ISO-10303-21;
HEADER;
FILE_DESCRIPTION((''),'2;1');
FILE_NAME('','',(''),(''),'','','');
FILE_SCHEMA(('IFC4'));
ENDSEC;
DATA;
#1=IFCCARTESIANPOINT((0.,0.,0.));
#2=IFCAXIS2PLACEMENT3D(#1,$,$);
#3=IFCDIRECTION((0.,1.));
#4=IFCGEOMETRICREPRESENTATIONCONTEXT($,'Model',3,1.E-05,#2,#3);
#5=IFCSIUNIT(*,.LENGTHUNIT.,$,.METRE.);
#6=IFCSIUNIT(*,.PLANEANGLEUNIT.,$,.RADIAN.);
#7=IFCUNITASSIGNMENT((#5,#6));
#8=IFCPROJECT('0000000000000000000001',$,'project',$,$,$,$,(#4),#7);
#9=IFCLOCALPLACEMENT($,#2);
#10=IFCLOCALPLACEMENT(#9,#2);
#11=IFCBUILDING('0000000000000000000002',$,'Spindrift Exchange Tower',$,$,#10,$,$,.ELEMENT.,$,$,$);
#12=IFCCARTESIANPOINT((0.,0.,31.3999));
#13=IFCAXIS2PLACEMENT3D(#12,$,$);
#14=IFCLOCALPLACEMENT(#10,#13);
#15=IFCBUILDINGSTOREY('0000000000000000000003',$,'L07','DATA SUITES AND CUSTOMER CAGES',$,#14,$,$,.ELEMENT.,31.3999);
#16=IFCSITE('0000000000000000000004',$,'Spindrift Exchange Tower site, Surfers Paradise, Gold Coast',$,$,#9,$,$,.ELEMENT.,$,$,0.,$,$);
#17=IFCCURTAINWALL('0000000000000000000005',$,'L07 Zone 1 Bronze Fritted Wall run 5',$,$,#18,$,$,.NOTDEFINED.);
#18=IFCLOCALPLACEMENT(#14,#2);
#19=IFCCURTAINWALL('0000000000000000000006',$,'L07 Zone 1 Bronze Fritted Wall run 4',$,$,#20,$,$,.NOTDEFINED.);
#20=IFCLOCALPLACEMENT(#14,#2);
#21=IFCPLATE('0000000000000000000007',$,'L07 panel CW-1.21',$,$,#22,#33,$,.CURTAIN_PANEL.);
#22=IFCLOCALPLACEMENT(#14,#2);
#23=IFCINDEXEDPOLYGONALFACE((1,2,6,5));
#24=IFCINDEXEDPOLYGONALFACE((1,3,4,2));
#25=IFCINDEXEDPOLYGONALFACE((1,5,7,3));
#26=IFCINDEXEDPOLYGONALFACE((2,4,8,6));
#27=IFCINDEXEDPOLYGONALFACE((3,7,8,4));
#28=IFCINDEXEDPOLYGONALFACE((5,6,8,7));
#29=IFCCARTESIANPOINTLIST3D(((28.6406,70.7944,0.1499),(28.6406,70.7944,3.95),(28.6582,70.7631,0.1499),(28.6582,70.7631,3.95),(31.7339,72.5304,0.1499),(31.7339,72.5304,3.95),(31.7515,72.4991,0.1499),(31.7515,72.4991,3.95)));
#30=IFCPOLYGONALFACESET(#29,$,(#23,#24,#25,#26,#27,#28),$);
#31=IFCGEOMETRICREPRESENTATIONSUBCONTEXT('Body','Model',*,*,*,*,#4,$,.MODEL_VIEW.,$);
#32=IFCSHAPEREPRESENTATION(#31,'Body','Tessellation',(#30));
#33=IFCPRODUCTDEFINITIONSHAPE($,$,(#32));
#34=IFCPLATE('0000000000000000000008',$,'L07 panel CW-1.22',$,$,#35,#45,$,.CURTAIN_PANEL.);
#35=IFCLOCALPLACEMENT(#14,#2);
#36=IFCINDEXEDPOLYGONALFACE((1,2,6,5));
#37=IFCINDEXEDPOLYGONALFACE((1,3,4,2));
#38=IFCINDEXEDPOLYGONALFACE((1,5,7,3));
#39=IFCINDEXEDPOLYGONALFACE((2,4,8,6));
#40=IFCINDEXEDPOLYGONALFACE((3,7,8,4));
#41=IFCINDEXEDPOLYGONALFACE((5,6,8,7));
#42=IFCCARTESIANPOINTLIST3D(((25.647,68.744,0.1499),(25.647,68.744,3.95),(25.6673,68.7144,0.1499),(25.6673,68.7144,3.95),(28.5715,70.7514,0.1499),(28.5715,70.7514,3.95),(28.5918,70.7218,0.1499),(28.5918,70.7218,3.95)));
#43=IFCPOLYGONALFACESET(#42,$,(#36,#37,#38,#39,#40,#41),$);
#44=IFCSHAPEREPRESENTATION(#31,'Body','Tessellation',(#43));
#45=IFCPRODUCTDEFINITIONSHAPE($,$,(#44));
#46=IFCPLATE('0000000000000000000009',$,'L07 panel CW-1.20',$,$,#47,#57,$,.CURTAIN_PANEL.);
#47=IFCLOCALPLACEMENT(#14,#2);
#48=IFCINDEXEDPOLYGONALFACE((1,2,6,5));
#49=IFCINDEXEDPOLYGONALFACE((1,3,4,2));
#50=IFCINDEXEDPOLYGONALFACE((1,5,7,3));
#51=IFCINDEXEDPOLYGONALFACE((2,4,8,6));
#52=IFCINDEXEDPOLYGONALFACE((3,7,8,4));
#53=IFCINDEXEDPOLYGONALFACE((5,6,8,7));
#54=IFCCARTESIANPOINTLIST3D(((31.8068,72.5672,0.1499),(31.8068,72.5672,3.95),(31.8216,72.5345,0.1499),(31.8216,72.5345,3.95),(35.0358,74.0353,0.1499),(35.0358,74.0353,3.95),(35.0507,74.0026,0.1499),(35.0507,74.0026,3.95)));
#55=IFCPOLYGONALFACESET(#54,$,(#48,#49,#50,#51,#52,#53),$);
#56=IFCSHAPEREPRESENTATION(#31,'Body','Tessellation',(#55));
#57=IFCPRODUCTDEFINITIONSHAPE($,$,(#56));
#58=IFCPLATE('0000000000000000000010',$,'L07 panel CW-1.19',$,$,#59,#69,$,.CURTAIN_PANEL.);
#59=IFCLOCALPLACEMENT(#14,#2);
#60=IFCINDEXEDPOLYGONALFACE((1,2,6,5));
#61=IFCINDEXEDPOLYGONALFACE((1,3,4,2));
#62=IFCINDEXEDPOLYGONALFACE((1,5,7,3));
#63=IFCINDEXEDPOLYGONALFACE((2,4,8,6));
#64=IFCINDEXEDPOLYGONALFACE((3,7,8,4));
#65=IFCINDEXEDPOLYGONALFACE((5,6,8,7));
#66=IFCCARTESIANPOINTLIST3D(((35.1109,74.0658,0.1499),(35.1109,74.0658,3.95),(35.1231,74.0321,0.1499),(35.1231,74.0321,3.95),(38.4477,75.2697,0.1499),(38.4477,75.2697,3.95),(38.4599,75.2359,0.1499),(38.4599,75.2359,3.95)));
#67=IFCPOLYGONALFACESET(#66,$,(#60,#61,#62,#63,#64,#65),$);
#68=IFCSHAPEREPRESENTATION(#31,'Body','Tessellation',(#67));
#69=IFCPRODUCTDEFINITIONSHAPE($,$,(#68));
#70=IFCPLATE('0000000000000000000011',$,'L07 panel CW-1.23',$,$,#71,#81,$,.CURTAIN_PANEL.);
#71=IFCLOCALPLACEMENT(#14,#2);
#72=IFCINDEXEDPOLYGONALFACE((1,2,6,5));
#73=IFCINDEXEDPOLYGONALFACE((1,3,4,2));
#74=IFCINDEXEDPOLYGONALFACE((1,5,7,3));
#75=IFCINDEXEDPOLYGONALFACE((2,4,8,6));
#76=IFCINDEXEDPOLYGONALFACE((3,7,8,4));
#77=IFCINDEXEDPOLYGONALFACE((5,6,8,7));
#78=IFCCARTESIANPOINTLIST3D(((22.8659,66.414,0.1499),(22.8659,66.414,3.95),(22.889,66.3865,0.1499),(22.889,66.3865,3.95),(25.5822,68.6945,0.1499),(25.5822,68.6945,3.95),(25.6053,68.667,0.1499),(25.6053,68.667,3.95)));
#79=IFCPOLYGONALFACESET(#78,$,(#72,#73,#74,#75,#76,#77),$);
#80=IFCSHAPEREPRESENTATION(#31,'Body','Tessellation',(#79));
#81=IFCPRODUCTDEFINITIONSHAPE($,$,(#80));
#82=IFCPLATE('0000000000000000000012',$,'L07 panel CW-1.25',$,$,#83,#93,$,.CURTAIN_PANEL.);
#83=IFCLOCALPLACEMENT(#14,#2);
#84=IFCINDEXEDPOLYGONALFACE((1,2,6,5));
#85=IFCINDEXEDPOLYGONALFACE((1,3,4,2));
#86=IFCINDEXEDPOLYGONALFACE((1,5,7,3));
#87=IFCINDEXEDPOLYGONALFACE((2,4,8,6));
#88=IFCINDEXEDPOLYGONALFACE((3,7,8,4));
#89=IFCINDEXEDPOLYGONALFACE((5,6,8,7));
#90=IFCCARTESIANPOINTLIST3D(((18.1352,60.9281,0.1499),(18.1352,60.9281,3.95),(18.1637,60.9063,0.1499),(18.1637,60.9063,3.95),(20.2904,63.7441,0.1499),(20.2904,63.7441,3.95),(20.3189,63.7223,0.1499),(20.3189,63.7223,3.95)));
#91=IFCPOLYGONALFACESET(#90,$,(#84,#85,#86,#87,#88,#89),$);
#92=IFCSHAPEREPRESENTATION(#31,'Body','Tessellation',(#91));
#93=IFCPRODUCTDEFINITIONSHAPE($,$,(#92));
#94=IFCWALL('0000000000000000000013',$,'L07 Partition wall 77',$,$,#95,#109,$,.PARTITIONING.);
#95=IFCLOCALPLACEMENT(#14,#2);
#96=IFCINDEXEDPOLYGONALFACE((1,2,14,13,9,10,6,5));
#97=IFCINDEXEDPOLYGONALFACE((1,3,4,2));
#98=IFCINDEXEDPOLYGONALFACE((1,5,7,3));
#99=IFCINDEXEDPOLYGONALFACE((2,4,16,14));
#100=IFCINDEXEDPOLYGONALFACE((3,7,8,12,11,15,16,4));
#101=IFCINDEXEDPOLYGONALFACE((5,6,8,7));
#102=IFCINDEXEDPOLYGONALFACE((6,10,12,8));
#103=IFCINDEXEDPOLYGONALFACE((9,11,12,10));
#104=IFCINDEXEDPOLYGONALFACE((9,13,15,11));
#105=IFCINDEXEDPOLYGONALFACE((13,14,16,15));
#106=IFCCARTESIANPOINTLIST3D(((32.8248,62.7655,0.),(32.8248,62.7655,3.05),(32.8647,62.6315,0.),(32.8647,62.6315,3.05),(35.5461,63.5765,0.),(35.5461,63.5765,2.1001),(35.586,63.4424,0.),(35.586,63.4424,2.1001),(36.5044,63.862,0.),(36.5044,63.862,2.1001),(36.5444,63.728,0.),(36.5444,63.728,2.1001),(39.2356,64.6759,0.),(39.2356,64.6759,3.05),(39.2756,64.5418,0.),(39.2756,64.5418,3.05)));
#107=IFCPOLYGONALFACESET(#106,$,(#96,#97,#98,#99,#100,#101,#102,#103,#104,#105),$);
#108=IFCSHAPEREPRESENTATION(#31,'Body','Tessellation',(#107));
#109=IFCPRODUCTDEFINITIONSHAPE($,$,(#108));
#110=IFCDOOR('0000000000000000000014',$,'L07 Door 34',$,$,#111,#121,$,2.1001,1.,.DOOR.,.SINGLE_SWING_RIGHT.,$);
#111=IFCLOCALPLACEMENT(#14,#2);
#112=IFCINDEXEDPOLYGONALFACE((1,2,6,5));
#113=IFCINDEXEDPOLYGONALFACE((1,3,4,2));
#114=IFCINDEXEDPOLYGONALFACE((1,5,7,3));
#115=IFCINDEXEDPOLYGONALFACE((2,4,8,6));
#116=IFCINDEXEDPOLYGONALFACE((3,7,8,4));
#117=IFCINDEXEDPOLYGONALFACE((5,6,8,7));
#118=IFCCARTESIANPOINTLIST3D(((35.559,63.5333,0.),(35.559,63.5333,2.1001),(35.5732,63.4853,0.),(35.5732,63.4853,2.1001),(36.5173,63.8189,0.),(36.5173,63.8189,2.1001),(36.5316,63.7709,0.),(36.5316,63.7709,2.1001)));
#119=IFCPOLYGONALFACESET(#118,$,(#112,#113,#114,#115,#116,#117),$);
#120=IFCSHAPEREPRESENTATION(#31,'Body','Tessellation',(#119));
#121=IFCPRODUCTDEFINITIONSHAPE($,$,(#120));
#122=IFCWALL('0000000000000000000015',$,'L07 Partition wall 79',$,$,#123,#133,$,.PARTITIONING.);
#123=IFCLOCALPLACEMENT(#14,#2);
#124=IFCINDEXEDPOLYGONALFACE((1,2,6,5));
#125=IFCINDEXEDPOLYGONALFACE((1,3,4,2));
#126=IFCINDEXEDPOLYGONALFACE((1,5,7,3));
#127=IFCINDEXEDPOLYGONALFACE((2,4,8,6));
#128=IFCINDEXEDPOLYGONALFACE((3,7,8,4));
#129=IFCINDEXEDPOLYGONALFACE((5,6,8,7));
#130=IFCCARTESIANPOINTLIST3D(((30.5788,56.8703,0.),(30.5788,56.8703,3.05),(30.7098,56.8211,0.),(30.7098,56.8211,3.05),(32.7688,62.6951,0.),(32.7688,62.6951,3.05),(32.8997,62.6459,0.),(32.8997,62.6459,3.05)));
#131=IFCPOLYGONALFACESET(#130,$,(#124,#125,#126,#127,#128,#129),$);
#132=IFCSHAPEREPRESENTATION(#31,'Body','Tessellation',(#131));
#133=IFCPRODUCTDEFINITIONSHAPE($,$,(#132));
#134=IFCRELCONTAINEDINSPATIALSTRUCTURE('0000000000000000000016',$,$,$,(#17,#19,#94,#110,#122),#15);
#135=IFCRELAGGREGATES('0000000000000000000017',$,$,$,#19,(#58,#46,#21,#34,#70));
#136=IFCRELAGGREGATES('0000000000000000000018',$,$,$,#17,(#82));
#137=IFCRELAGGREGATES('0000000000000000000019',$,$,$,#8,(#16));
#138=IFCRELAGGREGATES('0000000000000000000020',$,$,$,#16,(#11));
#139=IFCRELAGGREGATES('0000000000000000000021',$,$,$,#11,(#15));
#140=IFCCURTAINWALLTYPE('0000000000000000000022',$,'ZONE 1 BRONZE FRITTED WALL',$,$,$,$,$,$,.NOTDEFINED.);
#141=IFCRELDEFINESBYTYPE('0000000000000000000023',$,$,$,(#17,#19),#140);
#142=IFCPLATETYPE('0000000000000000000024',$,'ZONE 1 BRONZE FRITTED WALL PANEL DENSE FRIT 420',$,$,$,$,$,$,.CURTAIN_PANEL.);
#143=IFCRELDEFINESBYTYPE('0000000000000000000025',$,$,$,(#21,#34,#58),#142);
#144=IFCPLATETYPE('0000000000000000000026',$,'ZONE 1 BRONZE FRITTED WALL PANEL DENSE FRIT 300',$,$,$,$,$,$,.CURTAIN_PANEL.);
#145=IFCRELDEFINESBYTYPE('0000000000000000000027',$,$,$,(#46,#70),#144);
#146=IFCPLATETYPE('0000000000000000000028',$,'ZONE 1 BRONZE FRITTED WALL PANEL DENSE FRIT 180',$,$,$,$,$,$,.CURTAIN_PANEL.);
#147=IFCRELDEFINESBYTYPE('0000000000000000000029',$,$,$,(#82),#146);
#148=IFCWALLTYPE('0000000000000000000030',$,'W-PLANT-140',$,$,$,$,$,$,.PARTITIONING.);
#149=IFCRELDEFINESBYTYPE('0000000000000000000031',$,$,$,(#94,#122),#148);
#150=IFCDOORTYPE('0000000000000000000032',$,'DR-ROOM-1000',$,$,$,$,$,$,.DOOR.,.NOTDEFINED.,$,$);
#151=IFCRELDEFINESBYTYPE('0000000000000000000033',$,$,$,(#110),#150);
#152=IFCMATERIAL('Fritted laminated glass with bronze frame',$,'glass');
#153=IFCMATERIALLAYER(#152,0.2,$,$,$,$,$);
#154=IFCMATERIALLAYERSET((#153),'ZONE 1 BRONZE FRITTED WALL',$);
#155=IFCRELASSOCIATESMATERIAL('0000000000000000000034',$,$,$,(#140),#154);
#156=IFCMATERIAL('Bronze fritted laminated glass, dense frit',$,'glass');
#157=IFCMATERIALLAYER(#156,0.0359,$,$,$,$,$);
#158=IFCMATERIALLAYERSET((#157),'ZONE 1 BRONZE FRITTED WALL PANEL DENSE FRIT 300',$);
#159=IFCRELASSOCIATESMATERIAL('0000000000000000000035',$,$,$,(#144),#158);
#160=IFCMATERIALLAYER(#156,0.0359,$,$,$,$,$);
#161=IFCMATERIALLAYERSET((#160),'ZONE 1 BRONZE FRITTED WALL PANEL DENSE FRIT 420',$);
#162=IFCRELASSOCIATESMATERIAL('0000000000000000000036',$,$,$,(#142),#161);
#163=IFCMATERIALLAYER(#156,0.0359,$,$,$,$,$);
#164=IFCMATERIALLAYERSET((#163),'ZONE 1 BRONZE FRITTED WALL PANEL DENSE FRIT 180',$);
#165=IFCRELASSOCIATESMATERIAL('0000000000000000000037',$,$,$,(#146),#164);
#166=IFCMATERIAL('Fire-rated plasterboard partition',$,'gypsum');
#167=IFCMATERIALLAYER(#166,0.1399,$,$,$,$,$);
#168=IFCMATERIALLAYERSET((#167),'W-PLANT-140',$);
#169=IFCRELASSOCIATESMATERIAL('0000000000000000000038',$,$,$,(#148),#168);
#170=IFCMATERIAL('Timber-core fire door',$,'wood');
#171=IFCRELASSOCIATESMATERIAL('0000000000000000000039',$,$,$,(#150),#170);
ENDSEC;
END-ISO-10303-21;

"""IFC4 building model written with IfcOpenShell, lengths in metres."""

from ifc_helpers import new_model, si_unit, direction, frame, frame_2d, origin, origin_2d, place, context, subcontext, project, spatial, rectangle, extrude, source, transform, mapped, material, layer, layer_set, type_object, element, fill, aggregate, save


model = new_model("IFC4")

# Units and contexts
model_context = context("Model", 3, precision=1e-05, world=origin(), true_north=direction((0.0, 1.0)))
body_context = subcontext(model_context, "Body", "Model", "MODEL_VIEW")
ifc_project = project(units=[si_unit("LENGTHUNIT", "METRE"), si_unit("PLANEANGLEUNIT", "RADIAN")], contexts=[model_context])

# Site, building, storey
site_placement = place(None, origin())
site = spatial("IfcSite", under=ifc_project, at=site_placement, Name="Spindrift Exchange Tower site, Surfers Paradise, Gold Coast", CompositionType="ELEMENT", RefElevation=0.0)
building_placement = place(site_placement, origin())
building = spatial("IfcBuilding", under=site, at=building_placement, Name="Spindrift Exchange Tower", CompositionType="ELEMENT")
storey_placement = place(building_placement, frame((0.0, 0.0, 31.3999)))
storey = spatial("IfcBuildingStorey", under=building, at=storey_placement, Name="L07", Description="DATA SUITES AND CUSTOMER CAGES", CompositionType="ELEMENT", Elevation=31.3999)

# Curtain walls
ifc_material_1 = material(Name="Fritted laminated glass with bronze frame", Category="glass")
ifc_layer_1 = layer(ifc_material_1, 0.2)
ifc_layer_set_1 = layer_set([ifc_layer_1], Name="ZONE 1 BRONZE FRITTED WALL")
curtain_wall_type = type_object("IfcCurtainWallType", Name="ZONE 1 BRONZE FRITTED WALL", PredefinedType="NOTDEFINED", material=ifc_layer_set_1)
curtain_wall_1_placement = place(storey_placement, origin())
curtain_wall_1 = element("IfcCurtainWall", 1, at=curtain_wall_1_placement, inside=storey, type_object=curtain_wall_type, Name="L07 Zone 1 Bronze Fritted Wall run 5", PredefinedType="NOTDEFINED")
curtain_wall_2_placement = place(storey_placement, origin())
curtain_wall_2 = element("IfcCurtainWall", 2, at=curtain_wall_2_placement, inside=storey, type_object=curtain_wall_type, Name="L07 Zone 1 Bronze Fritted Wall run 4", PredefinedType="NOTDEFINED")

# Plates
ifc_material_2 = material(Name="Bronze fritted laminated glass, dense frit", Category="glass")
ifc_layer_2 = layer(ifc_material_2, 0.0359)
ifc_layer_set_2 = layer_set([ifc_layer_2], Name="ZONE 1 BRONZE FRITTED WALL PANEL DENSE FRIT 300")
plate_type_1 = type_object("IfcPlateType", Name="ZONE 1 BRONZE FRITTED WALL PANEL DENSE FRIT 300", PredefinedType="CURTAIN_PANEL", material=ifc_layer_set_2)
ifc_layer_3 = layer(ifc_material_2, 0.0359)
ifc_layer_set_3 = layer_set([ifc_layer_3], Name="ZONE 1 BRONZE FRITTED WALL PANEL DENSE FRIT 420")
plate_type_2 = type_object("IfcPlateType", Name="ZONE 1 BRONZE FRITTED WALL PANEL DENSE FRIT 420", PredefinedType="CURTAIN_PANEL", material=ifc_layer_set_3)
shared_shape_1 = source(origin(), body_context, "Body", "SweptSolid", [
    extrude(rectangle(XDim=3.5471, YDim=0.0359, at=origin_2d()), origin(), (0.0, 0.0, 1.0), 3.8),
])
plate_1_placement = place(storey_placement, frame((30.196, 71.6467, 0.1499), z_axis=(0.0, 0.0, 1.0), x_axis=(-0.872056, -0.489405, 0.0)))
plate_1 = element("IfcPlate", 3, at=plate_1_placement, type_object=plate_type_2, Name="L07 panel CW-1.21", PredefinedType="CURTAIN_PANEL", context=body_context, shape_type="MappedRepresentation", body=[
    mapped(shared_shape_1, transform((0.0, 0.0, 0.0), scale=1.0)),
])
plate_2_placement = place(storey_placement, frame((27.1194, 69.7329, 0.1499), z_axis=(0.0, 0.0, 1.0), x_axis=(-0.824457, -0.565924, 0.0)))
plate_2 = element("IfcPlate", 4, at=plate_2_placement, type_object=plate_type_2, Name="L07 panel CW-1.22", PredefinedType="CURTAIN_PANEL", context=body_context, shape_type="MappedRepresentation", body=[
    mapped(shared_shape_1, transform((0.0, 0.0, 0.0), scale=1.0)),
])
shared_shape_2 = source(origin(), body_context, "Body", "SweptSolid", [
    extrude(rectangle(XDim=3.5471, YDim=0.0359, at=origin_2d()), origin(), (0.0, 0.0, 1.0), 3.8),
])
plate_3_placement = place(storey_placement, frame((33.4287, 73.2849, 0.1499), z_axis=(0.0, 0.0, 1.0), x_axis=(-0.910331, -0.41388, 0.0)))
plate_3 = element("IfcPlate", 5, at=plate_3_placement, type_object=plate_type_1, Name="L07 panel CW-1.20", PredefinedType="CURTAIN_PANEL", context=body_context, shape_type="MappedRepresentation", body=[
    mapped(shared_shape_2, transform((0.0, 0.0, 0.0), scale=1.0)),
])
shared_shape_3 = source(origin(), body_context, "Body", "SweptSolid", [
    extrude(rectangle(XDim=3.5474, YDim=0.0359, at=origin_2d()), origin(), (0.0, 0.0, 1.0), 3.8),
])
plate_4_placement = place(storey_placement, frame((36.7854, 74.6509, 0.1499), z_axis=(0.0, 0.0, 1.0), x_axis=(-0.940652, -0.339373, 0.0)))
plate_4 = element("IfcPlate", 6, at=plate_4_placement, type_object=plate_type_2, Name="L07 panel CW-1.19", PredefinedType="CURTAIN_PANEL", context=body_context, shape_type="MappedRepresentation", body=[
    mapped(shared_shape_3, transform((0.0, 0.0, 0.0), scale=1.0)),
])
shared_shape_4 = source(origin(), body_context, "Body", "SweptSolid", [
    extrude(rectangle(XDim=3.5466, YDim=0.0359, at=origin_2d()), origin(), (0.0, 0.0, 1.0), 3.8),
])
plate_5_placement = place(storey_placement, frame((24.2356, 67.5405, 0.1499), z_axis=(0.0, 0.0, 1.0), x_axis=(-0.765868, -0.642997, 0.0)))
plate_5 = element("IfcPlate", 7, at=plate_5_placement, type_object=plate_type_1, Name="L07 panel CW-1.23", PredefinedType="CURTAIN_PANEL", context=body_context, shape_type="MappedRepresentation", body=[
    mapped(shared_shape_4, transform((0.0, 0.0, 0.0), scale=1.0)),
])
aggregate(curtain_wall_2, [plate_4, plate_3, plate_1, plate_2, plate_5])
ifc_layer_4 = layer(ifc_material_2, 0.0359)
ifc_layer_set_4 = layer_set([ifc_layer_4], Name="ZONE 1 BRONZE FRITTED WALL PANEL DENSE FRIT 180")
plate_type_3 = type_object("IfcPlateType", Name="ZONE 1 BRONZE FRITTED WALL PANEL DENSE FRIT 180", PredefinedType="CURTAIN_PANEL", material=ifc_layer_set_4)
shared_shape_5 = source(origin(), body_context, "Body", "SweptSolid", [
    extrude(rectangle(XDim=3.5461, YDim=0.0359, at=origin_2d()), origin(), (0.0, 0.0, 1.0), 3.8),
])
plate_6_placement = place(storey_placement, frame((19.2271, 62.3252, 0.1499), z_axis=(0.0, 0.0, 1.0), x_axis=(-0.607768, -0.794115, 0.0)))
plate_6 = element("IfcPlate", 8, at=plate_6_placement, type_object=plate_type_3, Name="L07 panel CW-1.25", PredefinedType="CURTAIN_PANEL", context=body_context, shape_type="MappedRepresentation", body=[
    mapped(shared_shape_5, transform((0.0, 0.0, 0.0), scale=1.0)),
])
aggregate(curtain_wall_1, [plate_6])

# Wall, opening, door
ifc_material_3 = material(Name="Fire-rated plasterboard partition", Category="gypsum")
ifc_layer_5 = layer(ifc_material_3, 0.1399)
ifc_layer_set_5 = layer_set([ifc_layer_5], Name="W-PLANT-140")
wall_type = type_object("IfcWallType", Name="W-PLANT-140", PredefinedType="PARTITIONING", material=ifc_layer_set_5)
wall_1_placement = place(storey_placement, frame((32.8447, 62.6985, 0.0), z_axis=(0.0, 0.0, 1.0), x_axis=(0.958354, 0.285583, 0.0)))
wall_1 = element("IfcWall", 9, at=wall_1_placement, inside=storey, type_object=wall_type, Name="L07 Partition wall 77", PredefinedType="PARTITIONING", context=body_context, shape_type="SweptSolid", body=[
    extrude(rectangle(XDim=6.6895, YDim=0.1399, at=frame_2d((3.3447, 0.0))), origin(), (0.0, 0.0, 1.0), 3.05),
])
opening_placement = place(wall_1_placement, frame((2.8396, 0.0, 0.0)))
opening = element("IfcOpeningElement", 10, at=opening_placement, cuts=wall_1, PredefinedType="OPENING", context=body_context, shape_type="SweptSolid", body=[
    extrude(rectangle(XDim=1.0, YDim=2.1001, at=frame_2d((0.5, 1.05))), frame((0.0, 0.0798, 0.0), z_axis=(0.0, -1.0, 0.0), x_axis=(1.0, 0.0, 0.0)), (0.0, 0.0, 1.0), 0.1599),
])
ifc_material_4 = material(Name="Timber-core fire door", Category="wood")
door_type = type_object("IfcDoorType", Name="DR-ROOM-1000", OperationType="NOTDEFINED", PredefinedType="DOOR", material=ifc_material_4)
shared_shape_6 = source(origin(), body_context, "Body", "SweptSolid", [
    extrude(rectangle(XDim=1.0, YDim=2.1001, at=frame_2d((0.5, 1.05))), frame((0.0, 0.0249, 0.0), z_axis=(0.0, -1.0, 0.0), x_axis=(1.0, 0.0, 0.0)), (0.0, 0.0, 1.0), 0.05),
])
door_placement = place(opening_placement, origin())
door = element("IfcDoor", 11, at=door_placement, inside=storey, type_object=door_type, Name="L07 Door 34", OperationType="SINGLE_SWING_RIGHT", OverallHeight=2.1001, OverallWidth=1.0, PredefinedType="DOOR", context=body_context, shape_type="MappedRepresentation", body=[
    mapped(shared_shape_6, transform((0.0, 0.0, 0.0), scale=1.0)),
])
fill(opening, door)

# Wall
wall_2_placement = place(storey_placement, frame((32.8342, 62.6704, 0.0), z_axis=(0.0, 0.0, 1.0), x_axis=(-0.351923, -0.936029, 0.0)))
element("IfcWall", 12, at=wall_2_placement, inside=storey, type_object=wall_type, Name="L07 Partition wall 79", PredefinedType="PARTITIONING", context=body_context, shape_type="SweptSolid", body=[
    extrude(rectangle(XDim=6.2229, YDim=0.1399, at=frame_2d((3.1113, 0.0))), origin(), (0.0, 0.0, 1.0), 3.05),
])

save(model, "model.ifc")
